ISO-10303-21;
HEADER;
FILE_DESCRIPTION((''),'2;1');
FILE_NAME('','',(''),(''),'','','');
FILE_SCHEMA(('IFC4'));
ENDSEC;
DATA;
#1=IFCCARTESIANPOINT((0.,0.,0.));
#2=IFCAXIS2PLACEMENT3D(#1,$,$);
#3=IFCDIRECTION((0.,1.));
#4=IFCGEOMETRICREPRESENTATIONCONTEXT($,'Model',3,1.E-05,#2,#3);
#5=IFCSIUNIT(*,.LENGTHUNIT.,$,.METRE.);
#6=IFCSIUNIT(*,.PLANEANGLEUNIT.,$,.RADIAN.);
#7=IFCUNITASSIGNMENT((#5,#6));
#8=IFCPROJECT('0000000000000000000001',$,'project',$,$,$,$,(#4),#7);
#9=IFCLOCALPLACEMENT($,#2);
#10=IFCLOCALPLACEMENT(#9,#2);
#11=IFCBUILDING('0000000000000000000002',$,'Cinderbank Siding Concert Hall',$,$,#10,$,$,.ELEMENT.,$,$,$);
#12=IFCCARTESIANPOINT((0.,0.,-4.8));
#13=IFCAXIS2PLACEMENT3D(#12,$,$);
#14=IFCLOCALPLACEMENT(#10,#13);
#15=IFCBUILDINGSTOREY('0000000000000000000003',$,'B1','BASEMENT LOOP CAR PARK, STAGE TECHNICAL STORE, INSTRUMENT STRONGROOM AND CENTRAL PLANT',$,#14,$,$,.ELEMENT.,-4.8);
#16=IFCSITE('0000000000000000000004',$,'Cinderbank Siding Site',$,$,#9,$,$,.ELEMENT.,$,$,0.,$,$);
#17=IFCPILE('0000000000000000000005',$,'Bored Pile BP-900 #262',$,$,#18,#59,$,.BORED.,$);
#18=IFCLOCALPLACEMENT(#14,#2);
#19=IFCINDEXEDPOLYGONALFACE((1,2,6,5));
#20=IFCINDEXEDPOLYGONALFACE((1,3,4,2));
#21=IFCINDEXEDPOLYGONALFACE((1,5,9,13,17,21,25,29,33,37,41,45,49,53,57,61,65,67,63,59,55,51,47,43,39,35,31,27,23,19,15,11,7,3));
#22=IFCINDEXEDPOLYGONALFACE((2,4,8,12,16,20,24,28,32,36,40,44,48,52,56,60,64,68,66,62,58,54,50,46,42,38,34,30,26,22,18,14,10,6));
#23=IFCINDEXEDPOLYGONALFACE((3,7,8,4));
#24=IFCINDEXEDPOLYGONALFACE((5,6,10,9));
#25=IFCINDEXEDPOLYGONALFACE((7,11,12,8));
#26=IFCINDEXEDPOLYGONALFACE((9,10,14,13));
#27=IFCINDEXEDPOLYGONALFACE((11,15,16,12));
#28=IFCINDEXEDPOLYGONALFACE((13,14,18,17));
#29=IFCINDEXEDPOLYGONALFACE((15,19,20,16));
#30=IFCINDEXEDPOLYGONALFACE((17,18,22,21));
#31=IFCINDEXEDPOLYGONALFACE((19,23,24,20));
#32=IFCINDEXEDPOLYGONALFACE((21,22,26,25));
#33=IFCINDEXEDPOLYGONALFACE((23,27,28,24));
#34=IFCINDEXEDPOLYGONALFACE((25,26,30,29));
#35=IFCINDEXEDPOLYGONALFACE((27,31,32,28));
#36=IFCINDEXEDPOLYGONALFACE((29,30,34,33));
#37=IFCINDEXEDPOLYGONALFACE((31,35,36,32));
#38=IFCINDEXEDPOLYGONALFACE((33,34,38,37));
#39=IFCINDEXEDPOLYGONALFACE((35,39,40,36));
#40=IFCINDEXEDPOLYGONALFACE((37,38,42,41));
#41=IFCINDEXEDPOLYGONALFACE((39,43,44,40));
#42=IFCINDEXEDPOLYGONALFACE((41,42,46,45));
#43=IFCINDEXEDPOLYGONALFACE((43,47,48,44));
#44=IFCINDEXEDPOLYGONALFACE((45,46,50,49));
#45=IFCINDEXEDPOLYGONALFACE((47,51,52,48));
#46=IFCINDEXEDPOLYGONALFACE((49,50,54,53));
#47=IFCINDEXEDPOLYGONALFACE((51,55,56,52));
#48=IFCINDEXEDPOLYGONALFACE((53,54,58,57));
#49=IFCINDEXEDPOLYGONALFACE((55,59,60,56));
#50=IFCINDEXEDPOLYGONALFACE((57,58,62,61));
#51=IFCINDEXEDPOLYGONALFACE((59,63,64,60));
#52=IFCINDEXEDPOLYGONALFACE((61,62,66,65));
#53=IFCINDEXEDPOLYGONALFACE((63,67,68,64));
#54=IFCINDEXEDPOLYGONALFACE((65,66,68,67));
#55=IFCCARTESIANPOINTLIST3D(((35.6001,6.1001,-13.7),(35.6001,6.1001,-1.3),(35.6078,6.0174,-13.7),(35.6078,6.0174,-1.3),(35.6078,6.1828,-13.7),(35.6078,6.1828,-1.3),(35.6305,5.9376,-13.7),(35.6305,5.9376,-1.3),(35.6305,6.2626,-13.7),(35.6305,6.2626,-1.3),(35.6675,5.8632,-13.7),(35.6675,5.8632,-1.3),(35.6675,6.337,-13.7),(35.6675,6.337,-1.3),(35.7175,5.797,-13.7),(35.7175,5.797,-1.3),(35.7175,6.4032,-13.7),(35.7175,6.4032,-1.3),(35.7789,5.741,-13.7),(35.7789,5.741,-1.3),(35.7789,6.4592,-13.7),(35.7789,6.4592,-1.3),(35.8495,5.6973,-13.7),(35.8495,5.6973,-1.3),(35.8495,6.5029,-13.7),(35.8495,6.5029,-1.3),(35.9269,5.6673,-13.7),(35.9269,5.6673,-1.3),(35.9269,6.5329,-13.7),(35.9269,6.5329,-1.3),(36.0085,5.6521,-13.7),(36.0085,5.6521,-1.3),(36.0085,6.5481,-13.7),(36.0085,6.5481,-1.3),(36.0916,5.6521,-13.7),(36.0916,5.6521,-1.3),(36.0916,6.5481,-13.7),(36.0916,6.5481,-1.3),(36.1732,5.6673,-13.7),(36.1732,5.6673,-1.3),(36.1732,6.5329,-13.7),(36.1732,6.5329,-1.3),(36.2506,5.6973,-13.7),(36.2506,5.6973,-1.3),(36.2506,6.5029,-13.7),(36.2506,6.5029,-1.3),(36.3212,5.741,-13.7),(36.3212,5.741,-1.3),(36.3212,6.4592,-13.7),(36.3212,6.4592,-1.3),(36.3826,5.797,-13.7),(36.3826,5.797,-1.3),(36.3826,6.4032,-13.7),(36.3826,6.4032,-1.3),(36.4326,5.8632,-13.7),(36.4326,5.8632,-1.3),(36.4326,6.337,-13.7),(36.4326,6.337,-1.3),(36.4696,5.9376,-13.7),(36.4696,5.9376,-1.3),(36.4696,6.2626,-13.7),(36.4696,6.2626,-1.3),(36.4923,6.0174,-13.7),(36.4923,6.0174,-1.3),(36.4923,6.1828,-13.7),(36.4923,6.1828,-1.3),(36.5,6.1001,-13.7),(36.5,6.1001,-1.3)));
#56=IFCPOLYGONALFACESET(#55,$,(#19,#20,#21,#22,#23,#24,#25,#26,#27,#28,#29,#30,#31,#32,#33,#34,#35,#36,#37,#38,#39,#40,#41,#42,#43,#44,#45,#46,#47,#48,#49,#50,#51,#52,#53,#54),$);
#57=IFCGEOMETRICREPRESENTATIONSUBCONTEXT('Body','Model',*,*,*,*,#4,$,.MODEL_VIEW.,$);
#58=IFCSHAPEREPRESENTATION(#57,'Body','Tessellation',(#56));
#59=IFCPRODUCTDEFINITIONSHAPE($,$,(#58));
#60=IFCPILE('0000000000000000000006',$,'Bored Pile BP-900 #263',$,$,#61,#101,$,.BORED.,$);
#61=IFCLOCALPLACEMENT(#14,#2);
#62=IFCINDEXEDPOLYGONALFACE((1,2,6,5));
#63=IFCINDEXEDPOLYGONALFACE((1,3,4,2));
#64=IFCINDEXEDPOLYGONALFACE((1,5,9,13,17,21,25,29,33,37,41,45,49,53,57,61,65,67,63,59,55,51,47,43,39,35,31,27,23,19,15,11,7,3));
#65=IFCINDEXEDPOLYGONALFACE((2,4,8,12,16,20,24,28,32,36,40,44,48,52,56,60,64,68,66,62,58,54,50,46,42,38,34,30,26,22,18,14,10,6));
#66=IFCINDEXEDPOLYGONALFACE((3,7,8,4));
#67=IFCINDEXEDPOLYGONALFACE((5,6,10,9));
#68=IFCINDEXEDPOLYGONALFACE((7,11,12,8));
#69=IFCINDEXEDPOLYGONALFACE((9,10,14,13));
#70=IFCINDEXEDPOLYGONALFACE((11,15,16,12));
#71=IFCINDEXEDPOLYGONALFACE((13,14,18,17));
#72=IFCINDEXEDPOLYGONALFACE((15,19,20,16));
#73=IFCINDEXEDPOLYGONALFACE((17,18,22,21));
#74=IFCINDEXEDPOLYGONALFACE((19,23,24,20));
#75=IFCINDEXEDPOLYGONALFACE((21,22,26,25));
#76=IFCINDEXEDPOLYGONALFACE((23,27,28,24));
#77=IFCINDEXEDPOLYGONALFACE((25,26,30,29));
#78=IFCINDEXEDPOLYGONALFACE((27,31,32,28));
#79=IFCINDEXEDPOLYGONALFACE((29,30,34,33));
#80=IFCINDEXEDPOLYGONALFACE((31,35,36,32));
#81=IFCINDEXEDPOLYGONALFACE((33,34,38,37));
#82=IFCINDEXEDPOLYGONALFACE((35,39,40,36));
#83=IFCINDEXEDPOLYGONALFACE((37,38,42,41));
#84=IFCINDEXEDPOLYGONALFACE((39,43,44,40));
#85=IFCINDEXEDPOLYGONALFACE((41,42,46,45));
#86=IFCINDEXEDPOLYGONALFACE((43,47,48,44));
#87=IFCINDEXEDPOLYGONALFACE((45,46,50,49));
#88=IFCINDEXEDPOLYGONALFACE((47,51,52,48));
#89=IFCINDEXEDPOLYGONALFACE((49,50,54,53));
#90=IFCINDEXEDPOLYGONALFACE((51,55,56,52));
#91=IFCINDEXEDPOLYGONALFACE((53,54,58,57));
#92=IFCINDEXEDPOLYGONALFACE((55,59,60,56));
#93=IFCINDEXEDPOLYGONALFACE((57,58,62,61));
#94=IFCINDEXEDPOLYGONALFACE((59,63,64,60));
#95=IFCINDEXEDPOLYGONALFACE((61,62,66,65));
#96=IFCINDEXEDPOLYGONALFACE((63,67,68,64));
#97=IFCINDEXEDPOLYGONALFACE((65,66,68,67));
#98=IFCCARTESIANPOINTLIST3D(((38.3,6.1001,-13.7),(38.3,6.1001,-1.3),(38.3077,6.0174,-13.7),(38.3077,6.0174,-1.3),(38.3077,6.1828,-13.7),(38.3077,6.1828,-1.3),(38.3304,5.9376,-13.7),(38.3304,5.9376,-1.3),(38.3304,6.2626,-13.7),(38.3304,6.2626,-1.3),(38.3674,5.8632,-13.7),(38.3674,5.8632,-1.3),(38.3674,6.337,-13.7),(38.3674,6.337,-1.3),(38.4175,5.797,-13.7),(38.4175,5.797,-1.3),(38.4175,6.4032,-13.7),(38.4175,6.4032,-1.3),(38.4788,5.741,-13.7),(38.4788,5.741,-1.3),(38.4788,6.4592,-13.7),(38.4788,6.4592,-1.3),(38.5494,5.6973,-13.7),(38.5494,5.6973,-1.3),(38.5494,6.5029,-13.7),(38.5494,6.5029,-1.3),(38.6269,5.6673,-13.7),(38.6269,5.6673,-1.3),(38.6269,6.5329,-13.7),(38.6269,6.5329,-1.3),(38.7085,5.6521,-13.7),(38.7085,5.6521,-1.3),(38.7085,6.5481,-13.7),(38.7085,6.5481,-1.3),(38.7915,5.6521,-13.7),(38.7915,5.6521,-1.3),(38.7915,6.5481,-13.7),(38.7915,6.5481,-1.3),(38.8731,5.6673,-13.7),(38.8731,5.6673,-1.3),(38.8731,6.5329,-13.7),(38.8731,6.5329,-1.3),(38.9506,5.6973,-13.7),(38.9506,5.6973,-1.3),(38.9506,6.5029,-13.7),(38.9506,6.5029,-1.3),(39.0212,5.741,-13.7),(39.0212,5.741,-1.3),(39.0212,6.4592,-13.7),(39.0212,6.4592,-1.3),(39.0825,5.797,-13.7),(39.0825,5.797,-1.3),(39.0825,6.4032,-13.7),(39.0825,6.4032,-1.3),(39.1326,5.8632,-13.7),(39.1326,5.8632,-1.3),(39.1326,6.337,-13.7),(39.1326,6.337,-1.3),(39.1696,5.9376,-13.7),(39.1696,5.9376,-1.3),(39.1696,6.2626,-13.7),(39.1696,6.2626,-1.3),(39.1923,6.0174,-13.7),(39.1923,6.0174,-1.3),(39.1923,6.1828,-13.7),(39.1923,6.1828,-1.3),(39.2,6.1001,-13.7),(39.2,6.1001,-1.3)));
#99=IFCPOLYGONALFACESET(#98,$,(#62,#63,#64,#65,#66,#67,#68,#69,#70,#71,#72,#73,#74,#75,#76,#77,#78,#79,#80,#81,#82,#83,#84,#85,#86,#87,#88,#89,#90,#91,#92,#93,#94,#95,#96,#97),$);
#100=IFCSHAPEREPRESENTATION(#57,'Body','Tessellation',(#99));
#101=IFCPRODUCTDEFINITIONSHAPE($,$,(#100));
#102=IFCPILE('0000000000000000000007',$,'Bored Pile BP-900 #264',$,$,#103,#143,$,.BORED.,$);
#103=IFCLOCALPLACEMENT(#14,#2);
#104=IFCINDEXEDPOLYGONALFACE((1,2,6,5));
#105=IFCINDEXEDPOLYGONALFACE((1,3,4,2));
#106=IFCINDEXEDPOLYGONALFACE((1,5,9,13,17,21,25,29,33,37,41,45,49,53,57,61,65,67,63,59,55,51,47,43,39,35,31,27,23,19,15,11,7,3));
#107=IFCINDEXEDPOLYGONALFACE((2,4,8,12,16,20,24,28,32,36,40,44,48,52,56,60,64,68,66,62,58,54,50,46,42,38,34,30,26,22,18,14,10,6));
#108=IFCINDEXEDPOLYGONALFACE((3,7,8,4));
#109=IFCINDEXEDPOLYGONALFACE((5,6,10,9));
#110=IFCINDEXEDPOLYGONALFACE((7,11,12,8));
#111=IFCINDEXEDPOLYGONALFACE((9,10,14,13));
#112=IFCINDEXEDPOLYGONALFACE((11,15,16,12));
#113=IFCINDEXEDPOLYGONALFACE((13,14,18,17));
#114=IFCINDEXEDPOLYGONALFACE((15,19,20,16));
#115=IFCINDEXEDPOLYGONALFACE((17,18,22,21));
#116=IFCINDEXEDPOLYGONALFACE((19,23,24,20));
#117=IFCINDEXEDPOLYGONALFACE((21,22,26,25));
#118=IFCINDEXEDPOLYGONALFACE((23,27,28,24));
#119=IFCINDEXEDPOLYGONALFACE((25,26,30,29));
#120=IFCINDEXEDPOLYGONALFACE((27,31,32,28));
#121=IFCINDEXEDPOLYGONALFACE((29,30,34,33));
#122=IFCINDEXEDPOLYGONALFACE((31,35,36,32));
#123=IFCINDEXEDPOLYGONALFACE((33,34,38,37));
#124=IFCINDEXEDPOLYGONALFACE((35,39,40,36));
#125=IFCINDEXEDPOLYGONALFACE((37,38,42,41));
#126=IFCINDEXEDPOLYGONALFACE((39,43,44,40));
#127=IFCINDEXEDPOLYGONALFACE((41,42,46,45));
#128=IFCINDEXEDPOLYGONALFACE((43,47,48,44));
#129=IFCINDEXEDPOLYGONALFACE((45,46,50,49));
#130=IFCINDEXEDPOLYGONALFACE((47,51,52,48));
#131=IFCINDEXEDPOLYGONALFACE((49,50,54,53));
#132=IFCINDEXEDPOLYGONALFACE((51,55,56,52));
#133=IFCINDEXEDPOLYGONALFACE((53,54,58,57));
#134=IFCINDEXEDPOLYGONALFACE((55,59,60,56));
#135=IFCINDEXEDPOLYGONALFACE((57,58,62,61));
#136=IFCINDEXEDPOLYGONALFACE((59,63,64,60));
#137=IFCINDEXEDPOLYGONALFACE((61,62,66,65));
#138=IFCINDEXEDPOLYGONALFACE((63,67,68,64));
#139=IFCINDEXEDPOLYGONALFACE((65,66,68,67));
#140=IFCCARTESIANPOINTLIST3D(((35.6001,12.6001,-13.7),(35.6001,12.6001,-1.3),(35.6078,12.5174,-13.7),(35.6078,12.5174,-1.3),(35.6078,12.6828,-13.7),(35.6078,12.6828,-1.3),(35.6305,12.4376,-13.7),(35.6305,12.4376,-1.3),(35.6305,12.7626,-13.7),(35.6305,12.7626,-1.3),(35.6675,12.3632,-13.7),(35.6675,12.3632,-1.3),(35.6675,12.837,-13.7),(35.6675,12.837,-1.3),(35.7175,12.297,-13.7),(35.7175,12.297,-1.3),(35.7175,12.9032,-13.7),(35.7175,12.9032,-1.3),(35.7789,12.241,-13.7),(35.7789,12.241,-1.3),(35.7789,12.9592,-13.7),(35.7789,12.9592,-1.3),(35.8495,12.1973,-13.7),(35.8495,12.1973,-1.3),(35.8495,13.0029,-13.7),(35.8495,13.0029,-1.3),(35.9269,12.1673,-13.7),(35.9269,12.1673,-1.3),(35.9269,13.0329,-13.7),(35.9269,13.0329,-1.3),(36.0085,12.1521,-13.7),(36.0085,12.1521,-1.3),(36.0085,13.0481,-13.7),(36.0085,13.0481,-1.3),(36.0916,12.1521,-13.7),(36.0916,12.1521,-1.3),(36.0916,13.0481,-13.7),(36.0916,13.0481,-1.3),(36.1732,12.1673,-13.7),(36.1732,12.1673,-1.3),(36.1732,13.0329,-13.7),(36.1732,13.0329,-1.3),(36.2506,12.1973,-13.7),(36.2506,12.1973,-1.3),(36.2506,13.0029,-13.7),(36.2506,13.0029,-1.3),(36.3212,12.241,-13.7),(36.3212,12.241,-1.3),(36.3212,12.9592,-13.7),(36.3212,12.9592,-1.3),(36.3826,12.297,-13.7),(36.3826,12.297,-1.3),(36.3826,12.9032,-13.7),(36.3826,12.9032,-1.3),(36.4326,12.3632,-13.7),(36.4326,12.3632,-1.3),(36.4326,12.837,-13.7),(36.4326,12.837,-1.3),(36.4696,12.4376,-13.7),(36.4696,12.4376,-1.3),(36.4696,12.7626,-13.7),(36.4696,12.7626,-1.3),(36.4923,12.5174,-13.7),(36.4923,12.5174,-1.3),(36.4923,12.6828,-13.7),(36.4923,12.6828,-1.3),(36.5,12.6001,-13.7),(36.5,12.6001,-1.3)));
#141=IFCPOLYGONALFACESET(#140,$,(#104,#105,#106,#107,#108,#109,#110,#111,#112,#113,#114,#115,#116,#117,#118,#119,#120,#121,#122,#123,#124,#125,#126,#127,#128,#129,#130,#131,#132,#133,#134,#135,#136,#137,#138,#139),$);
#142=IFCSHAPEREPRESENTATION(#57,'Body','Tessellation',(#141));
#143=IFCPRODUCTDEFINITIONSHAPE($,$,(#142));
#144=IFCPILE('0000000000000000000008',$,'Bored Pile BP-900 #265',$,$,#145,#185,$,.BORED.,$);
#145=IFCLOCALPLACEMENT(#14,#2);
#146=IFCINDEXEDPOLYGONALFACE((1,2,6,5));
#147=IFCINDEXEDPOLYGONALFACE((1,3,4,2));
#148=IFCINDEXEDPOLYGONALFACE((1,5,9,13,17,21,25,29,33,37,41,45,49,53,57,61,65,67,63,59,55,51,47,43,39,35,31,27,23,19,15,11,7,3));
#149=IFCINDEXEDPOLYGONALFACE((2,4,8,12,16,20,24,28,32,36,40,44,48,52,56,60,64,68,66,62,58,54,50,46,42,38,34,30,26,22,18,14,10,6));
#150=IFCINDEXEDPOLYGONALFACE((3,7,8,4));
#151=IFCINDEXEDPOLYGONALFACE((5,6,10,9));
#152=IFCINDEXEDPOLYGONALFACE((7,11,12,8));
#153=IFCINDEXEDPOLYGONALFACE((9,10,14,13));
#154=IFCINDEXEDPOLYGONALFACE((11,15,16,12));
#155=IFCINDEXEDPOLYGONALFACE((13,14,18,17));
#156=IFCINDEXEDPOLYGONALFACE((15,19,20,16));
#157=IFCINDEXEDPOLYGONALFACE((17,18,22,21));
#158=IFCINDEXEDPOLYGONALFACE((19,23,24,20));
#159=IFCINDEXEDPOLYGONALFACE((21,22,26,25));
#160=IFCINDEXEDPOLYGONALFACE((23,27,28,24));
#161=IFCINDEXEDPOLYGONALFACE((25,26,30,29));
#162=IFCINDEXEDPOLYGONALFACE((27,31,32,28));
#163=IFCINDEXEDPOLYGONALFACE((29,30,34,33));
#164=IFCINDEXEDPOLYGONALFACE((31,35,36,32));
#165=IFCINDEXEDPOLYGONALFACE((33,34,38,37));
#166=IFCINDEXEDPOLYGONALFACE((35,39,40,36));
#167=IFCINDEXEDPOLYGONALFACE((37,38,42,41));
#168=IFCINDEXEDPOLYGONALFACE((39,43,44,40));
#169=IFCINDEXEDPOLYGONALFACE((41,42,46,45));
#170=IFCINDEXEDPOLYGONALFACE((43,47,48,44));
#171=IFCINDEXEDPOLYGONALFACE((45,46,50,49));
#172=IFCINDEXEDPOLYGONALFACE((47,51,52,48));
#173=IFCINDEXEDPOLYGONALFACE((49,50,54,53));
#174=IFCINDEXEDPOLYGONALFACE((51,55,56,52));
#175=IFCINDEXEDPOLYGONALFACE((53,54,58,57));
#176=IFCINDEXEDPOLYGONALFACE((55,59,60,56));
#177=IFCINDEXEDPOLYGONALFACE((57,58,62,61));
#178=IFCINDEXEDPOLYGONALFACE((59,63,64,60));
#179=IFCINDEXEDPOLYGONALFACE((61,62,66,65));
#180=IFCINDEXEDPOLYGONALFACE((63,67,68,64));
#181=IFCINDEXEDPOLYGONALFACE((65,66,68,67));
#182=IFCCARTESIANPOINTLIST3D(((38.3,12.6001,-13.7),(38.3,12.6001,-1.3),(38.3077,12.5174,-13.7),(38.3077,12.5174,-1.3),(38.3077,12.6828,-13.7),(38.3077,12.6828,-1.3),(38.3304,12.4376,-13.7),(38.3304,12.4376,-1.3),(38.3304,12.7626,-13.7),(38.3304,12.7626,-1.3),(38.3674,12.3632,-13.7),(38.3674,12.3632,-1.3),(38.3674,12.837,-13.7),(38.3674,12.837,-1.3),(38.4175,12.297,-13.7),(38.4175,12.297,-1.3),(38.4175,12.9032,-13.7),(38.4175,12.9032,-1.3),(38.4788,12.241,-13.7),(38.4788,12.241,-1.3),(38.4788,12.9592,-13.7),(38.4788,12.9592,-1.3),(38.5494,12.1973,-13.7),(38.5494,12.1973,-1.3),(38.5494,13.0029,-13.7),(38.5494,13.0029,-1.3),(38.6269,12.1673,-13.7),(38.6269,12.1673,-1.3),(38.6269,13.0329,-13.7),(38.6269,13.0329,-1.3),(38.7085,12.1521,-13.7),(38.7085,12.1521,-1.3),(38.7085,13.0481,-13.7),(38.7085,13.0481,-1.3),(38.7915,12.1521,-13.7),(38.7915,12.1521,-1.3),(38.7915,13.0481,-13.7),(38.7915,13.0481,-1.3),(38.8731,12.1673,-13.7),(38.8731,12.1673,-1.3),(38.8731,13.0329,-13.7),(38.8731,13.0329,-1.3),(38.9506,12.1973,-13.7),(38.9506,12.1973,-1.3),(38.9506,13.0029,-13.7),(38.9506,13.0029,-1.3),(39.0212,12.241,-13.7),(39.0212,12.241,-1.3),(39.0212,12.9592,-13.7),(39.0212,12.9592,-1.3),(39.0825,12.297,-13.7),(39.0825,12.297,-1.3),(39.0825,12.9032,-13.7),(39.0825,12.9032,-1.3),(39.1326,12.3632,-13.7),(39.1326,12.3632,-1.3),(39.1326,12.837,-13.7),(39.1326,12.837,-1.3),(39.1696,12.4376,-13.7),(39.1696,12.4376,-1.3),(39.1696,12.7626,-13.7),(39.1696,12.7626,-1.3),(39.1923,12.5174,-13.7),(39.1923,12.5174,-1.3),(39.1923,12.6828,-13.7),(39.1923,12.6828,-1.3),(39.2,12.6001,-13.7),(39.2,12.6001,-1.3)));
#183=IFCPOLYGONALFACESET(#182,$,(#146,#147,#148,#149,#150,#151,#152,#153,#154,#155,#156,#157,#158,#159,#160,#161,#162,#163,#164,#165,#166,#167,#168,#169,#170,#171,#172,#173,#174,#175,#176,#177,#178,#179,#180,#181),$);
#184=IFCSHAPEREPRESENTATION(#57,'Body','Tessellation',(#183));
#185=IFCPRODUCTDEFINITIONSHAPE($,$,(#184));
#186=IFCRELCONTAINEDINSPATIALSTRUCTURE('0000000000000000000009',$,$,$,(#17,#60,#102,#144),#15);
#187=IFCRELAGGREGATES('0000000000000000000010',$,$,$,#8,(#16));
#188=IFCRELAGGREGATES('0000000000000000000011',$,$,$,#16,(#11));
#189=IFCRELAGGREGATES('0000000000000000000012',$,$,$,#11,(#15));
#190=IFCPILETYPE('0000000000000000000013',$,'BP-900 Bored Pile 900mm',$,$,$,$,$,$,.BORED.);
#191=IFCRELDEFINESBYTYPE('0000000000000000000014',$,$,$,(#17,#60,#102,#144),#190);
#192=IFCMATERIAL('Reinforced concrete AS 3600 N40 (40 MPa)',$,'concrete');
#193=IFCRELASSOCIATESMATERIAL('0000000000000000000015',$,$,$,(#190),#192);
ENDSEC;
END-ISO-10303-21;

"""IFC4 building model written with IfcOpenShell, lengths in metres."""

from ifc_helpers import new_model, si_unit, direction, frame, origin, origin_2d, place, context, subcontext, project, spatial, circle, extrude, material, material_profile, profile_set, type_object, element, save


model = new_model("IFC4")

# Units and contexts
model_context = context("Model", 3, precision=1e-05, world=origin(), true_north=direction((0.0, 1.0)))
body_context = subcontext(model_context, "Body", "Model", "MODEL_VIEW")
ifc_project = project(units=[si_unit("LENGTHUNIT", "METRE"), si_unit("PLANEANGLEUNIT", "RADIAN")], contexts=[model_context])

# Site, building, storey
site_placement = place(None, origin())
site = spatial("IfcSite", under=ifc_project, at=site_placement, Name="Cinderbank Siding Site", CompositionType="ELEMENT", RefElevation=0.0)
building_placement = place(site_placement, origin())
building = spatial("IfcBuilding", under=site, at=building_placement, Name="Cinderbank Siding Concert Hall", CompositionType="ELEMENT")
storey_placement = place(building_placement, frame((0.0, 0.0, -4.8)))
storey = spatial("IfcBuildingStorey", under=building, at=storey_placement, Name="B1", Description="BASEMENT LOOP CAR PARK, STAGE TECHNICAL STORE, INSTRUMENT STRONGROOM AND CENTRAL PLANT", CompositionType="ELEMENT", Elevation=-4.8)

# Piles
ifc_material_1 = material(Name="Reinforced concrete AS 3600 N40 (40 MPa)", Category="concrete")
ifc_material_profile_1 = material_profile(ifc_material_1, circle(Radius=0.45, at=origin_2d()), Name="PILE-900DIA", Category="LoadBearing")
ifc_profile_set_1 = profile_set([ifc_material_profile_1], Name="Reinforced concrete AS 3600 N40 (40 MPa)")
pile_type = type_object("IfcPileType", Name="BP-900 Bored Pile 900mm", PredefinedType="BORED", material=ifc_profile_set_1)
for number, where, z_axis, x_axis, name in (
    (1, (36.05, 6.1001, -1.3), (0.0, 0.0, -1.0), (1.0, 0.0, 0.0), "Bored Pile BP-900 #262"),
    (2, (38.75, 6.1001, -1.3), (0.0, 0.0, -1.0), (1.0, 0.0, 0.0), "Bored Pile BP-900 #263"),
    (3, (36.05, 12.6001, -1.3), (0.0, 0.0, -1.0), (1.0, 0.0, 0.0), "Bored Pile BP-900 #264"),
    (4, (38.75, 12.6001, -1.3), (0.0, 0.0, -1.0), (1.0, 0.0, 0.0), "Bored Pile BP-900 #265"),
):
    element("IfcPile", number, at=place(storey_placement, frame(where, z_axis=z_axis, x_axis=x_axis)), inside=storey, type_object=pile_type, Name=name, PredefinedType="BORED", context=body_context, shape_type="SweptSolid", body=[
        extrude(circle(Radius=0.45, at=origin_2d()), origin(), (0.0, 0.0, 1.0), 12.3999),
    ])

save(model, "model.ifc")
